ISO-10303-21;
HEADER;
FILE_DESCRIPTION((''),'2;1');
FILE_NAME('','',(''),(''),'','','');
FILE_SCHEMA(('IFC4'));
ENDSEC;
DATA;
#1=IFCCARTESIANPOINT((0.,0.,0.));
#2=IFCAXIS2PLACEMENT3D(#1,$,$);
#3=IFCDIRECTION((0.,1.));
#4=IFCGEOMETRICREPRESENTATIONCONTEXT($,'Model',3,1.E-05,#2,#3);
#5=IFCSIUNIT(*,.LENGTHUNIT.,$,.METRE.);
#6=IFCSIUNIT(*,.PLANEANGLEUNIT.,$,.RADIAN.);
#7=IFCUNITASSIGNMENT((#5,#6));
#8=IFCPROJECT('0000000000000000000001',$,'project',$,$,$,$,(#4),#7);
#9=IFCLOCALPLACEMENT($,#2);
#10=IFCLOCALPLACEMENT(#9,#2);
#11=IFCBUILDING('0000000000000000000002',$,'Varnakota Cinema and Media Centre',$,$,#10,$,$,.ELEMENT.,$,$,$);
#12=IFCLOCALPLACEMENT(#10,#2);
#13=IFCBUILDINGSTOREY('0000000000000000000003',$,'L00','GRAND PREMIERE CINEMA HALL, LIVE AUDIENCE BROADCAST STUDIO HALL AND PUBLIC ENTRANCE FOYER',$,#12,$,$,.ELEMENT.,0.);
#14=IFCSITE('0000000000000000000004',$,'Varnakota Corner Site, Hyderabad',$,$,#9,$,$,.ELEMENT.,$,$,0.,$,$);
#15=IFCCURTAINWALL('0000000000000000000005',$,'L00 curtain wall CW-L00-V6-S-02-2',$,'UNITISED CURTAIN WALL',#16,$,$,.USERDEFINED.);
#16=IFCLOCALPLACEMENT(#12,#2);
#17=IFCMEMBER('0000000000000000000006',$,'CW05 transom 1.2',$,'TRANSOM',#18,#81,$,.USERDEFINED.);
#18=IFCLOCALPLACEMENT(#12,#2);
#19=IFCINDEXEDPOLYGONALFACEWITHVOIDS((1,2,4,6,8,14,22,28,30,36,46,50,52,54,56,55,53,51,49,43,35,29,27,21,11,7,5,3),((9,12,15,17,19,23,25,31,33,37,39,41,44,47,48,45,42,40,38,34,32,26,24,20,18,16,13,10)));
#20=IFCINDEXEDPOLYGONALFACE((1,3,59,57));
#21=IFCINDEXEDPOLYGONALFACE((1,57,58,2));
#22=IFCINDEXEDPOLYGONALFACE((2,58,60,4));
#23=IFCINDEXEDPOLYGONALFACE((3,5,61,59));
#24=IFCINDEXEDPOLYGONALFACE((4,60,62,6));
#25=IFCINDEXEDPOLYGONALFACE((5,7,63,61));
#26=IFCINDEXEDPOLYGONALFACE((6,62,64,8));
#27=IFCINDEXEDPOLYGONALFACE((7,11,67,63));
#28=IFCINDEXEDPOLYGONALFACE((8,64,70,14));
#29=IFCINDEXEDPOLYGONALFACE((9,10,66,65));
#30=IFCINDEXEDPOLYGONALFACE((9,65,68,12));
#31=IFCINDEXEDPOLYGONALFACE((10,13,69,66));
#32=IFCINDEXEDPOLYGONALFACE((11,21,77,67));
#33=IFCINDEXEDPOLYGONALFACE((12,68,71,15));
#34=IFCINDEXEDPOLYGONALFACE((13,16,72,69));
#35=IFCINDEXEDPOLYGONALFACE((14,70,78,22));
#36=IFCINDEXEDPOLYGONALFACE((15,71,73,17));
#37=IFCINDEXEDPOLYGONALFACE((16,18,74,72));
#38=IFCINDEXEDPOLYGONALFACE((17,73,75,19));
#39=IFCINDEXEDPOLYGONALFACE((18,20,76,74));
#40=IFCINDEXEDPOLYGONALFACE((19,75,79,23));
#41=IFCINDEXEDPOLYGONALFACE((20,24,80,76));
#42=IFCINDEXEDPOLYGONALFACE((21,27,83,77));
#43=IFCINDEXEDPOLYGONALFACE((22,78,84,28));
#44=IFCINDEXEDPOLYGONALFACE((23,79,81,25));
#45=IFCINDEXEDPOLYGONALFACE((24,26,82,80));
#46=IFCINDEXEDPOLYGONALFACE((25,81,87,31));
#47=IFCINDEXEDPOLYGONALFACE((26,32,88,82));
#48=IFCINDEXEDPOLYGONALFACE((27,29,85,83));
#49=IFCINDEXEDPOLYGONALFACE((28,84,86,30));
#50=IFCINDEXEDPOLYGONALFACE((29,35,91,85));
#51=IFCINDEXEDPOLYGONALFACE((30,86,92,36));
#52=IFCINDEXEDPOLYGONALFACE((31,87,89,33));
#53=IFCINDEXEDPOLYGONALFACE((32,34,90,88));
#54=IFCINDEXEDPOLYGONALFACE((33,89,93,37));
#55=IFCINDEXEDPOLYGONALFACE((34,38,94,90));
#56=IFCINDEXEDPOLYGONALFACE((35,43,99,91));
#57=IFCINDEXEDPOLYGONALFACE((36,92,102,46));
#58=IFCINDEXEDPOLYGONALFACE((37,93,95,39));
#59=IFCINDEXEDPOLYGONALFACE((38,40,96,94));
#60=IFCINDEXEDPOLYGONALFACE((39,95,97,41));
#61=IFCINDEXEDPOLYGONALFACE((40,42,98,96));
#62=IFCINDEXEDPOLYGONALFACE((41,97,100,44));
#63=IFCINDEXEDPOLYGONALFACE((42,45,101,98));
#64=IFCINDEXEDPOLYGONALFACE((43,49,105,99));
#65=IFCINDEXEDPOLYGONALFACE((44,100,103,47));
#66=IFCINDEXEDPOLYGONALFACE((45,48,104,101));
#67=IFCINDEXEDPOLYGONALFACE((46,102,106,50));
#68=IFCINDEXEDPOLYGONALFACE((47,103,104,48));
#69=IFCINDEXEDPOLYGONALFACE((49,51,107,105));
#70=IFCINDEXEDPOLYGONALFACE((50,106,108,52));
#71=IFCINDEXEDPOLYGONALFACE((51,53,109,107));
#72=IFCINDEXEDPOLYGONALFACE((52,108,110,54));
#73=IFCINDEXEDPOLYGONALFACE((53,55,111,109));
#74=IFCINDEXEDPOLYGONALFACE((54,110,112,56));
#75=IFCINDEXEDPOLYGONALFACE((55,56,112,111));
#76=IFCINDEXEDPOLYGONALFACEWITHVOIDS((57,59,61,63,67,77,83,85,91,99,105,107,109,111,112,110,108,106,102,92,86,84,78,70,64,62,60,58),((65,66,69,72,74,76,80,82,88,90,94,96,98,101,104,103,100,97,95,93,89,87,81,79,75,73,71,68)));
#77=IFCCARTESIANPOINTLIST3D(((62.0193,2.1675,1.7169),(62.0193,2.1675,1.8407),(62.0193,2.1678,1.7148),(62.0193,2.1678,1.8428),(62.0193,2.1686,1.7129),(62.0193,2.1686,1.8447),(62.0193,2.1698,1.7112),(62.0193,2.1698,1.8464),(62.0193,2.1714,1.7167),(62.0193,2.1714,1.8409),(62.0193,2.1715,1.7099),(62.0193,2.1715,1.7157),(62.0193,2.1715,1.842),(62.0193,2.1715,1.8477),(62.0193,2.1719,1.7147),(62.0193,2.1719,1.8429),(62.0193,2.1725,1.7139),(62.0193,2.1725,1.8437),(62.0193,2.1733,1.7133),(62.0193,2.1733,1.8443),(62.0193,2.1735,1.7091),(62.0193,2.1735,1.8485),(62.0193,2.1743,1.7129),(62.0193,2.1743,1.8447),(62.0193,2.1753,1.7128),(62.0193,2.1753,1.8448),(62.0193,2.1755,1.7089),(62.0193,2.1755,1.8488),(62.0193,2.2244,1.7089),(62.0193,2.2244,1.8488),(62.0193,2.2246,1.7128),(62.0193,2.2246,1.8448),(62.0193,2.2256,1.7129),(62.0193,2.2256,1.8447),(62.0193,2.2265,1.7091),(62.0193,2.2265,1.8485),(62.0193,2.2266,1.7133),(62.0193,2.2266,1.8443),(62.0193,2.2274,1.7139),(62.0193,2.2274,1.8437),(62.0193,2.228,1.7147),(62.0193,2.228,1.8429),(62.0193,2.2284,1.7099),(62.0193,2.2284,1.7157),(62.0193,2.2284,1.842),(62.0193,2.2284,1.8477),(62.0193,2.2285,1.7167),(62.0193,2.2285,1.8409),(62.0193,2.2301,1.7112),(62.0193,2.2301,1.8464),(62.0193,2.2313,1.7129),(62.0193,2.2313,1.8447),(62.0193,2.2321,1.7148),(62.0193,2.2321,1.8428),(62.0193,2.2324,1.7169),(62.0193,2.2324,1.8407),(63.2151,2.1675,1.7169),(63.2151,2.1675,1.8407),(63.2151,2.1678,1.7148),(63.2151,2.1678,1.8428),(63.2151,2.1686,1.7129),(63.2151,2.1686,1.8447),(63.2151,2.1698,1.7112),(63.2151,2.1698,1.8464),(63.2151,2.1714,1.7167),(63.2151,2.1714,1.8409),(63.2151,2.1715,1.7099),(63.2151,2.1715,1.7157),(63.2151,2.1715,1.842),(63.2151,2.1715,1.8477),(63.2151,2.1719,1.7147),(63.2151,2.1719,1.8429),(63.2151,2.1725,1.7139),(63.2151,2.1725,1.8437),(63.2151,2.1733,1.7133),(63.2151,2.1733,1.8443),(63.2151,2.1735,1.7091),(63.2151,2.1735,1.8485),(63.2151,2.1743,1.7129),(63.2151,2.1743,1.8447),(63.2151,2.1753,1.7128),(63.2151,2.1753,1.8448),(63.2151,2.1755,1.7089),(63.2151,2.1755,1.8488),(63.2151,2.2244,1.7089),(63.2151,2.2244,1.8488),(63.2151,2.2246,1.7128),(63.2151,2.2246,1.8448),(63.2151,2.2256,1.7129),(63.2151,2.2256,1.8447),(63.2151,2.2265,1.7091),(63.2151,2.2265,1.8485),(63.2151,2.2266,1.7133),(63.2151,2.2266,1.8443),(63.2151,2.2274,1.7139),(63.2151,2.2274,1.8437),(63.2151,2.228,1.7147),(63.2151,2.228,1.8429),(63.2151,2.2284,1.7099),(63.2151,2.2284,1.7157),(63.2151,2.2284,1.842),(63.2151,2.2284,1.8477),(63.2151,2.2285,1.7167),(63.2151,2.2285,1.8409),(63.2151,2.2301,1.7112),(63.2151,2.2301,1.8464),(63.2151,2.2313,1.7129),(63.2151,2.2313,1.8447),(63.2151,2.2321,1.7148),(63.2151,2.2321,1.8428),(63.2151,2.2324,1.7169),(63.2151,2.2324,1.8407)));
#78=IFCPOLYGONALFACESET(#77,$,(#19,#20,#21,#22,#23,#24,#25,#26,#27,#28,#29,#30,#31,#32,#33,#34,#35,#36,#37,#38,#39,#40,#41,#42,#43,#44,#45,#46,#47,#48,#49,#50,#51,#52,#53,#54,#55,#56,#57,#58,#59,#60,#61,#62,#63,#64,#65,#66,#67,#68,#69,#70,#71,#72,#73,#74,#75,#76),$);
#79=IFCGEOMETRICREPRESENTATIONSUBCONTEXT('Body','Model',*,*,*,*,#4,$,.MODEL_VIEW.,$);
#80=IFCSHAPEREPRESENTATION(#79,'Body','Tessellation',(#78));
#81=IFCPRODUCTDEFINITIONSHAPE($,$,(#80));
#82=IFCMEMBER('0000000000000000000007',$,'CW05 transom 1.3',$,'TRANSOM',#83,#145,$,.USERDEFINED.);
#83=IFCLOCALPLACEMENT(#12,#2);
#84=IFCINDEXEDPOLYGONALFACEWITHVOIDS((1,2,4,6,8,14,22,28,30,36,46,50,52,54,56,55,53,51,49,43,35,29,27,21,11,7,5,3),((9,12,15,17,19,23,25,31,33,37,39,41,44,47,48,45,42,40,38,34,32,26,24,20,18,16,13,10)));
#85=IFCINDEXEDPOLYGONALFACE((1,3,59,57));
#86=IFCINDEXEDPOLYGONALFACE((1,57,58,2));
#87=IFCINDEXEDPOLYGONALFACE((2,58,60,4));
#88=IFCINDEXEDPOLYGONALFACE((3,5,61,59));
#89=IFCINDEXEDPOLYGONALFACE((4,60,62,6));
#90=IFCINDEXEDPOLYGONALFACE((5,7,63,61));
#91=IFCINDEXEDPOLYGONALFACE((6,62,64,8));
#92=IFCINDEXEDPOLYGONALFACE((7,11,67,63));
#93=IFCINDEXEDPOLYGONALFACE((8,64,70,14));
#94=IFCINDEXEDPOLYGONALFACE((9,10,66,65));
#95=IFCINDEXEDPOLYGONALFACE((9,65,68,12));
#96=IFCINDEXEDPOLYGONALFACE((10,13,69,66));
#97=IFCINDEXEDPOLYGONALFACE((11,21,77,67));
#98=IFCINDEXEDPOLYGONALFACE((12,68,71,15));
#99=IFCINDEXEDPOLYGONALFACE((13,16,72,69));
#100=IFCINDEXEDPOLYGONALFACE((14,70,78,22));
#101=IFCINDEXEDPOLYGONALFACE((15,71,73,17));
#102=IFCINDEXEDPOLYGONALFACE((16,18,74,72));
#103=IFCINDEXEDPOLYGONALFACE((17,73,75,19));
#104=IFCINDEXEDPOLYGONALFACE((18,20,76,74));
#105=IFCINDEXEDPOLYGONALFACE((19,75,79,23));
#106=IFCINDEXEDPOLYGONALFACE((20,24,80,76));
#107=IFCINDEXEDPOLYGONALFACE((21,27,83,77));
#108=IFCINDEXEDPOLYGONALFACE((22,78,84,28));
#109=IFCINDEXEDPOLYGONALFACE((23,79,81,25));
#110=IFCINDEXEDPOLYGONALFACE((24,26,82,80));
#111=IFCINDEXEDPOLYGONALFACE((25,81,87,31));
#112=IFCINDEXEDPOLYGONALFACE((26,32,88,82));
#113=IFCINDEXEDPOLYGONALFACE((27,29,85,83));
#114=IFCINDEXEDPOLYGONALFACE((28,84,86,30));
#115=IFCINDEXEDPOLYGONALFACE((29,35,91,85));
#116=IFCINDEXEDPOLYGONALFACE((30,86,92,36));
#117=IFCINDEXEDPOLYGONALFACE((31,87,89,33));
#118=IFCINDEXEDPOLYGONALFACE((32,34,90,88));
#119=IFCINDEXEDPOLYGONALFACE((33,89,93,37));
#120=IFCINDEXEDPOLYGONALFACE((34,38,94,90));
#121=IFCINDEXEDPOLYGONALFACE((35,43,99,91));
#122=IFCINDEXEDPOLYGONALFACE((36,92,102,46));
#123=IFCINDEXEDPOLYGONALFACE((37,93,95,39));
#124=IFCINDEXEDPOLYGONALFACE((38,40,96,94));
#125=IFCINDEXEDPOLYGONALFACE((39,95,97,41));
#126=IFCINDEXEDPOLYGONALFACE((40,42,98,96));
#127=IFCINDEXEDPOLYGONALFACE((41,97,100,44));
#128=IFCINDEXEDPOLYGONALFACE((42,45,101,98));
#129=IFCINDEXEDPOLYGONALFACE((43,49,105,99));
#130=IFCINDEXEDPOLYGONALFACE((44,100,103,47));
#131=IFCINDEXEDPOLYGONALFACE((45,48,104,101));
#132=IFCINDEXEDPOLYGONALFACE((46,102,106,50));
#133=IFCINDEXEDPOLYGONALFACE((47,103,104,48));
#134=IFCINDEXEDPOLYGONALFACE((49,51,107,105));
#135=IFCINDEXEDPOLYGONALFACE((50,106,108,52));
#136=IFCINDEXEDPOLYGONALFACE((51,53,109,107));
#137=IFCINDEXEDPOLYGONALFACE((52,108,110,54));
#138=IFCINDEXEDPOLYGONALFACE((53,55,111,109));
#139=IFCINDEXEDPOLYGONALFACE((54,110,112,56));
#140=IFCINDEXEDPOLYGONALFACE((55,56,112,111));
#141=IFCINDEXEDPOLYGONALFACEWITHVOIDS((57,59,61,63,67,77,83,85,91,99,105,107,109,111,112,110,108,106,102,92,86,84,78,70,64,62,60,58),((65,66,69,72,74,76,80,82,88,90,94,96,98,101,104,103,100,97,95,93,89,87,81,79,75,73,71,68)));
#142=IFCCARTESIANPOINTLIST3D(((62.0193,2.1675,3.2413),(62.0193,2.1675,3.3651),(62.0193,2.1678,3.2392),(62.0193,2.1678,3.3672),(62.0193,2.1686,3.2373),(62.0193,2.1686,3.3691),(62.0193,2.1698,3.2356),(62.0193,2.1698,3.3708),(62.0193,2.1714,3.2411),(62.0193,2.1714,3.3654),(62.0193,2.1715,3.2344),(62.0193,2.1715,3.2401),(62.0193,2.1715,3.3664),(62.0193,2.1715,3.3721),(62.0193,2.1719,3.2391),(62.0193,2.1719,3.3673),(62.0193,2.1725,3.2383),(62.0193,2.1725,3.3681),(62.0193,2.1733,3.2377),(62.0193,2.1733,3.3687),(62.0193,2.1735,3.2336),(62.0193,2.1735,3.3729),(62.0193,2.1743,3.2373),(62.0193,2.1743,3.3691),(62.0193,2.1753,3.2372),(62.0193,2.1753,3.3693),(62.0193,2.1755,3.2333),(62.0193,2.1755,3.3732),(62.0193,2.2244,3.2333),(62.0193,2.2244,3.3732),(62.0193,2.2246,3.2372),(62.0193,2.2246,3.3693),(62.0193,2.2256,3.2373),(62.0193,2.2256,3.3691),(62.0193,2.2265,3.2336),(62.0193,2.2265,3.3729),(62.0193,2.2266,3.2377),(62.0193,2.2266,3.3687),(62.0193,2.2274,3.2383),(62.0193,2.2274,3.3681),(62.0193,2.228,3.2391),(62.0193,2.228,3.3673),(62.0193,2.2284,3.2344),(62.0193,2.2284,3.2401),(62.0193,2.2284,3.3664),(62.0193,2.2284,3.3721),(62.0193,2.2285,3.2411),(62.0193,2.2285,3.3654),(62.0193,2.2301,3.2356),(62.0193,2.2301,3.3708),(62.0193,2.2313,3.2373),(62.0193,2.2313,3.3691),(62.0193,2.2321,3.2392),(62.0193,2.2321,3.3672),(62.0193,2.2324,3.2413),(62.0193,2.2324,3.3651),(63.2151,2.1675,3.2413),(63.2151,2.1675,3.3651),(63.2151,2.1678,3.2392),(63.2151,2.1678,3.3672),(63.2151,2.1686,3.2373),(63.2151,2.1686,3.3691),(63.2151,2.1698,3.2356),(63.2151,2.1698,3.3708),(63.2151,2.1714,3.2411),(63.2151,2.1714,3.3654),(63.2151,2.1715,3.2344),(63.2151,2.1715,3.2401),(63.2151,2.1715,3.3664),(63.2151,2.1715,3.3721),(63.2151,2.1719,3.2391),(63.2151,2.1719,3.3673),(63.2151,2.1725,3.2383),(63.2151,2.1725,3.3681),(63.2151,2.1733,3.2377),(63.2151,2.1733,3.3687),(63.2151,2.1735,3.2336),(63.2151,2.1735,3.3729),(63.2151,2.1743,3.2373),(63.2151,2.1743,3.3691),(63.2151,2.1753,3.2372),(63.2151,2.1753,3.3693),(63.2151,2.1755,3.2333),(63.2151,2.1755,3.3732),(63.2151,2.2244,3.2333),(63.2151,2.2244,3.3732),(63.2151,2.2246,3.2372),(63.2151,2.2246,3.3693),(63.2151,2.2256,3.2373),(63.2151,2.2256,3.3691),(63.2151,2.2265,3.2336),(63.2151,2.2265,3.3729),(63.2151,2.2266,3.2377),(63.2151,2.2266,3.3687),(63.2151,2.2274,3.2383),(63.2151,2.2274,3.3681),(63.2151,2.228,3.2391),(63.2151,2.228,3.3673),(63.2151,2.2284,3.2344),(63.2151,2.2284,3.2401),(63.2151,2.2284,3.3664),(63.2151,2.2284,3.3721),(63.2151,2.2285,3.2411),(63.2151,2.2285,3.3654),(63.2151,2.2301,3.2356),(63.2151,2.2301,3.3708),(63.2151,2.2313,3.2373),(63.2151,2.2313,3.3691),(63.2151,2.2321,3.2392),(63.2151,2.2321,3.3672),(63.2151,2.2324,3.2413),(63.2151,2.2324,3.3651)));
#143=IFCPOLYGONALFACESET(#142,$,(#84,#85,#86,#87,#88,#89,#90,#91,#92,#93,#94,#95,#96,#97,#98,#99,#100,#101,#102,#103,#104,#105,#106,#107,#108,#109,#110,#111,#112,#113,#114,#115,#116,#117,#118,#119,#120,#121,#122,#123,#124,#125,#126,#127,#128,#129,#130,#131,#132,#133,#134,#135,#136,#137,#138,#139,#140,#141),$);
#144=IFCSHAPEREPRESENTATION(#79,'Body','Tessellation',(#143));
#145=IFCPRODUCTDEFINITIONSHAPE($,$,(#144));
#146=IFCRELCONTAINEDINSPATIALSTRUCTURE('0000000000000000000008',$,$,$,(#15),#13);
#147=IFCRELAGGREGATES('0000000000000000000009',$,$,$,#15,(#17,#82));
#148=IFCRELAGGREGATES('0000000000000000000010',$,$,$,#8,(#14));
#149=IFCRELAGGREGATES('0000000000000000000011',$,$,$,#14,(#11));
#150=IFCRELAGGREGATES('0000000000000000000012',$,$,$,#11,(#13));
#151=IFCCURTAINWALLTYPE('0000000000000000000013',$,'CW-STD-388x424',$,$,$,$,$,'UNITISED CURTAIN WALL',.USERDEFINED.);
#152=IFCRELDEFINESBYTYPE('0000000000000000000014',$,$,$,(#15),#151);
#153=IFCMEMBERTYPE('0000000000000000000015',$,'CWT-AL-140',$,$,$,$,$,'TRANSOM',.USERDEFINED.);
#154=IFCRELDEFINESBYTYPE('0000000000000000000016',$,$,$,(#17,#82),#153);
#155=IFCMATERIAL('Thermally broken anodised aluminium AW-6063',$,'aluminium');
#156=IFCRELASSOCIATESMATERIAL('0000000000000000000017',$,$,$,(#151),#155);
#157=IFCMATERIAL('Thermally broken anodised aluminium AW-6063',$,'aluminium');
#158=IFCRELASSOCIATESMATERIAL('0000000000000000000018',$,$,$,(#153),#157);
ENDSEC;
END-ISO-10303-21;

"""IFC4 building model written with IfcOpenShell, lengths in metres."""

from ifc_helpers import new_model, si_unit, direction, frame, origin, origin_2d, place, context, subcontext, project, spatial, hollow_rectangle, extrude, material, material_profile, profile_set, type_object, element, aggregate, save


model = new_model("IFC4")

# Units and contexts
model_context = context("Model", 3, precision=1e-05, world=origin(), true_north=direction((0.0, 1.0)))
body_context = subcontext(model_context, "Body", "Model", "MODEL_VIEW")
ifc_project = project(units=[si_unit("LENGTHUNIT", "METRE"), si_unit("PLANEANGLEUNIT", "RADIAN")], contexts=[model_context])

# Site, building, storey
site_placement = place(None, origin())
site = spatial("IfcSite", under=ifc_project, at=site_placement, Name="Varnakota Corner Site, Hyderabad", CompositionType="ELEMENT", RefElevation=0.0)
building_placement = place(site_placement, origin())
building = spatial("IfcBuilding", under=site, at=building_placement, Name="Varnakota Cinema and Media Centre", CompositionType="ELEMENT")
storey_placement = place(building_placement, origin())
storey = spatial("IfcBuildingStorey", under=building, at=storey_placement, Name="L00", Description="GRAND PREMIERE CINEMA HALL, LIVE AUDIENCE BROADCAST STUDIO HALL AND PUBLIC ENTRANCE FOYER", CompositionType="ELEMENT", Elevation=0.0)

# Curtain wall, members
ifc_material_1 = material(Name="Thermally broken anodised aluminium AW-6063", Category="aluminium")
curtain_wall_type = type_object("IfcCurtainWallType", Name="CW-STD-388x424", ElementType="UNITISED CURTAIN WALL", PredefinedType="USERDEFINED", material=ifc_material_1)
curtain_wall_placement = place(storey_placement, origin())
curtain_wall = element("IfcCurtainWall", 1, at=curtain_wall_placement, inside=storey, type_object=curtain_wall_type, Name="L00 curtain wall CW-L00-V6-S-02-2", ObjectType="UNITISED CURTAIN WALL", PredefinedType="USERDEFINED")
ifc_material_2 = material(Name="Thermally broken anodised aluminium AW-6063", Category="aluminium")
ifc_material_profile_1 = material_profile(ifc_material_2, hollow_rectangle(XDim=0.0649, YDim=0.1399, WallThickness=0.0039, InnerFilletRadius=0.0039, OuterFilletRadius=0.0081, at=origin_2d()), Name="AL-TRANSOM 140x65x4")
ifc_profile_set_1 = profile_set([ifc_material_profile_1], Name="Thermally broken anodised aluminium AW-6063")
member_type_1 = type_object("IfcMemberType", Name="CWT-AL-140", ElementType="TRANSOM", PredefinedType="USERDEFINED", material=ifc_profile_set_1)
member_1_placement = place(storey_placement, frame((63.2151, 2.2, 1.7788), z_axis=(-1.0, 0.0, 0.0), x_axis=(0.0, -1.0, 0.0)))
member_1 = element("IfcMember", 2, at=member_1_placement, type_object=member_type_1, Name="CW05 transom 1.2", ObjectType="TRANSOM", PredefinedType="USERDEFINED", context=body_context, shape_type="SweptSolid", body=[
    extrude(hollow_rectangle(XDim=0.0649, YDim=0.1399, WallThickness=0.0039, InnerFilletRadius=0.0039, OuterFilletRadius=0.0081, at=origin_2d()), origin(), (0.0, 0.0, 1.0), 1.1958),
])
member_2_placement = place(storey_placement, frame((63.2151, 2.2, 3.3032), z_axis=(-1.0, 0.0, 0.0), x_axis=(0.0, -1.0, 0.0)))
member_2 = element("IfcMember", 3, at=member_2_placement, type_object=member_type_1, Name="CW05 transom 1.3", ObjectType="TRANSOM", PredefinedType="USERDEFINED", context=body_context, shape_type="SweptSolid", body=[
    extrude(hollow_rectangle(XDim=0.0649, YDim=0.1399, WallThickness=0.0039, InnerFilletRadius=0.0039, OuterFilletRadius=0.0081, at=origin_2d()), origin(), (0.0, 0.0, 1.0), 1.1958),
])
aggregate(curtain_wall, [member_1, member_2])

save(model, "model.ifc")
